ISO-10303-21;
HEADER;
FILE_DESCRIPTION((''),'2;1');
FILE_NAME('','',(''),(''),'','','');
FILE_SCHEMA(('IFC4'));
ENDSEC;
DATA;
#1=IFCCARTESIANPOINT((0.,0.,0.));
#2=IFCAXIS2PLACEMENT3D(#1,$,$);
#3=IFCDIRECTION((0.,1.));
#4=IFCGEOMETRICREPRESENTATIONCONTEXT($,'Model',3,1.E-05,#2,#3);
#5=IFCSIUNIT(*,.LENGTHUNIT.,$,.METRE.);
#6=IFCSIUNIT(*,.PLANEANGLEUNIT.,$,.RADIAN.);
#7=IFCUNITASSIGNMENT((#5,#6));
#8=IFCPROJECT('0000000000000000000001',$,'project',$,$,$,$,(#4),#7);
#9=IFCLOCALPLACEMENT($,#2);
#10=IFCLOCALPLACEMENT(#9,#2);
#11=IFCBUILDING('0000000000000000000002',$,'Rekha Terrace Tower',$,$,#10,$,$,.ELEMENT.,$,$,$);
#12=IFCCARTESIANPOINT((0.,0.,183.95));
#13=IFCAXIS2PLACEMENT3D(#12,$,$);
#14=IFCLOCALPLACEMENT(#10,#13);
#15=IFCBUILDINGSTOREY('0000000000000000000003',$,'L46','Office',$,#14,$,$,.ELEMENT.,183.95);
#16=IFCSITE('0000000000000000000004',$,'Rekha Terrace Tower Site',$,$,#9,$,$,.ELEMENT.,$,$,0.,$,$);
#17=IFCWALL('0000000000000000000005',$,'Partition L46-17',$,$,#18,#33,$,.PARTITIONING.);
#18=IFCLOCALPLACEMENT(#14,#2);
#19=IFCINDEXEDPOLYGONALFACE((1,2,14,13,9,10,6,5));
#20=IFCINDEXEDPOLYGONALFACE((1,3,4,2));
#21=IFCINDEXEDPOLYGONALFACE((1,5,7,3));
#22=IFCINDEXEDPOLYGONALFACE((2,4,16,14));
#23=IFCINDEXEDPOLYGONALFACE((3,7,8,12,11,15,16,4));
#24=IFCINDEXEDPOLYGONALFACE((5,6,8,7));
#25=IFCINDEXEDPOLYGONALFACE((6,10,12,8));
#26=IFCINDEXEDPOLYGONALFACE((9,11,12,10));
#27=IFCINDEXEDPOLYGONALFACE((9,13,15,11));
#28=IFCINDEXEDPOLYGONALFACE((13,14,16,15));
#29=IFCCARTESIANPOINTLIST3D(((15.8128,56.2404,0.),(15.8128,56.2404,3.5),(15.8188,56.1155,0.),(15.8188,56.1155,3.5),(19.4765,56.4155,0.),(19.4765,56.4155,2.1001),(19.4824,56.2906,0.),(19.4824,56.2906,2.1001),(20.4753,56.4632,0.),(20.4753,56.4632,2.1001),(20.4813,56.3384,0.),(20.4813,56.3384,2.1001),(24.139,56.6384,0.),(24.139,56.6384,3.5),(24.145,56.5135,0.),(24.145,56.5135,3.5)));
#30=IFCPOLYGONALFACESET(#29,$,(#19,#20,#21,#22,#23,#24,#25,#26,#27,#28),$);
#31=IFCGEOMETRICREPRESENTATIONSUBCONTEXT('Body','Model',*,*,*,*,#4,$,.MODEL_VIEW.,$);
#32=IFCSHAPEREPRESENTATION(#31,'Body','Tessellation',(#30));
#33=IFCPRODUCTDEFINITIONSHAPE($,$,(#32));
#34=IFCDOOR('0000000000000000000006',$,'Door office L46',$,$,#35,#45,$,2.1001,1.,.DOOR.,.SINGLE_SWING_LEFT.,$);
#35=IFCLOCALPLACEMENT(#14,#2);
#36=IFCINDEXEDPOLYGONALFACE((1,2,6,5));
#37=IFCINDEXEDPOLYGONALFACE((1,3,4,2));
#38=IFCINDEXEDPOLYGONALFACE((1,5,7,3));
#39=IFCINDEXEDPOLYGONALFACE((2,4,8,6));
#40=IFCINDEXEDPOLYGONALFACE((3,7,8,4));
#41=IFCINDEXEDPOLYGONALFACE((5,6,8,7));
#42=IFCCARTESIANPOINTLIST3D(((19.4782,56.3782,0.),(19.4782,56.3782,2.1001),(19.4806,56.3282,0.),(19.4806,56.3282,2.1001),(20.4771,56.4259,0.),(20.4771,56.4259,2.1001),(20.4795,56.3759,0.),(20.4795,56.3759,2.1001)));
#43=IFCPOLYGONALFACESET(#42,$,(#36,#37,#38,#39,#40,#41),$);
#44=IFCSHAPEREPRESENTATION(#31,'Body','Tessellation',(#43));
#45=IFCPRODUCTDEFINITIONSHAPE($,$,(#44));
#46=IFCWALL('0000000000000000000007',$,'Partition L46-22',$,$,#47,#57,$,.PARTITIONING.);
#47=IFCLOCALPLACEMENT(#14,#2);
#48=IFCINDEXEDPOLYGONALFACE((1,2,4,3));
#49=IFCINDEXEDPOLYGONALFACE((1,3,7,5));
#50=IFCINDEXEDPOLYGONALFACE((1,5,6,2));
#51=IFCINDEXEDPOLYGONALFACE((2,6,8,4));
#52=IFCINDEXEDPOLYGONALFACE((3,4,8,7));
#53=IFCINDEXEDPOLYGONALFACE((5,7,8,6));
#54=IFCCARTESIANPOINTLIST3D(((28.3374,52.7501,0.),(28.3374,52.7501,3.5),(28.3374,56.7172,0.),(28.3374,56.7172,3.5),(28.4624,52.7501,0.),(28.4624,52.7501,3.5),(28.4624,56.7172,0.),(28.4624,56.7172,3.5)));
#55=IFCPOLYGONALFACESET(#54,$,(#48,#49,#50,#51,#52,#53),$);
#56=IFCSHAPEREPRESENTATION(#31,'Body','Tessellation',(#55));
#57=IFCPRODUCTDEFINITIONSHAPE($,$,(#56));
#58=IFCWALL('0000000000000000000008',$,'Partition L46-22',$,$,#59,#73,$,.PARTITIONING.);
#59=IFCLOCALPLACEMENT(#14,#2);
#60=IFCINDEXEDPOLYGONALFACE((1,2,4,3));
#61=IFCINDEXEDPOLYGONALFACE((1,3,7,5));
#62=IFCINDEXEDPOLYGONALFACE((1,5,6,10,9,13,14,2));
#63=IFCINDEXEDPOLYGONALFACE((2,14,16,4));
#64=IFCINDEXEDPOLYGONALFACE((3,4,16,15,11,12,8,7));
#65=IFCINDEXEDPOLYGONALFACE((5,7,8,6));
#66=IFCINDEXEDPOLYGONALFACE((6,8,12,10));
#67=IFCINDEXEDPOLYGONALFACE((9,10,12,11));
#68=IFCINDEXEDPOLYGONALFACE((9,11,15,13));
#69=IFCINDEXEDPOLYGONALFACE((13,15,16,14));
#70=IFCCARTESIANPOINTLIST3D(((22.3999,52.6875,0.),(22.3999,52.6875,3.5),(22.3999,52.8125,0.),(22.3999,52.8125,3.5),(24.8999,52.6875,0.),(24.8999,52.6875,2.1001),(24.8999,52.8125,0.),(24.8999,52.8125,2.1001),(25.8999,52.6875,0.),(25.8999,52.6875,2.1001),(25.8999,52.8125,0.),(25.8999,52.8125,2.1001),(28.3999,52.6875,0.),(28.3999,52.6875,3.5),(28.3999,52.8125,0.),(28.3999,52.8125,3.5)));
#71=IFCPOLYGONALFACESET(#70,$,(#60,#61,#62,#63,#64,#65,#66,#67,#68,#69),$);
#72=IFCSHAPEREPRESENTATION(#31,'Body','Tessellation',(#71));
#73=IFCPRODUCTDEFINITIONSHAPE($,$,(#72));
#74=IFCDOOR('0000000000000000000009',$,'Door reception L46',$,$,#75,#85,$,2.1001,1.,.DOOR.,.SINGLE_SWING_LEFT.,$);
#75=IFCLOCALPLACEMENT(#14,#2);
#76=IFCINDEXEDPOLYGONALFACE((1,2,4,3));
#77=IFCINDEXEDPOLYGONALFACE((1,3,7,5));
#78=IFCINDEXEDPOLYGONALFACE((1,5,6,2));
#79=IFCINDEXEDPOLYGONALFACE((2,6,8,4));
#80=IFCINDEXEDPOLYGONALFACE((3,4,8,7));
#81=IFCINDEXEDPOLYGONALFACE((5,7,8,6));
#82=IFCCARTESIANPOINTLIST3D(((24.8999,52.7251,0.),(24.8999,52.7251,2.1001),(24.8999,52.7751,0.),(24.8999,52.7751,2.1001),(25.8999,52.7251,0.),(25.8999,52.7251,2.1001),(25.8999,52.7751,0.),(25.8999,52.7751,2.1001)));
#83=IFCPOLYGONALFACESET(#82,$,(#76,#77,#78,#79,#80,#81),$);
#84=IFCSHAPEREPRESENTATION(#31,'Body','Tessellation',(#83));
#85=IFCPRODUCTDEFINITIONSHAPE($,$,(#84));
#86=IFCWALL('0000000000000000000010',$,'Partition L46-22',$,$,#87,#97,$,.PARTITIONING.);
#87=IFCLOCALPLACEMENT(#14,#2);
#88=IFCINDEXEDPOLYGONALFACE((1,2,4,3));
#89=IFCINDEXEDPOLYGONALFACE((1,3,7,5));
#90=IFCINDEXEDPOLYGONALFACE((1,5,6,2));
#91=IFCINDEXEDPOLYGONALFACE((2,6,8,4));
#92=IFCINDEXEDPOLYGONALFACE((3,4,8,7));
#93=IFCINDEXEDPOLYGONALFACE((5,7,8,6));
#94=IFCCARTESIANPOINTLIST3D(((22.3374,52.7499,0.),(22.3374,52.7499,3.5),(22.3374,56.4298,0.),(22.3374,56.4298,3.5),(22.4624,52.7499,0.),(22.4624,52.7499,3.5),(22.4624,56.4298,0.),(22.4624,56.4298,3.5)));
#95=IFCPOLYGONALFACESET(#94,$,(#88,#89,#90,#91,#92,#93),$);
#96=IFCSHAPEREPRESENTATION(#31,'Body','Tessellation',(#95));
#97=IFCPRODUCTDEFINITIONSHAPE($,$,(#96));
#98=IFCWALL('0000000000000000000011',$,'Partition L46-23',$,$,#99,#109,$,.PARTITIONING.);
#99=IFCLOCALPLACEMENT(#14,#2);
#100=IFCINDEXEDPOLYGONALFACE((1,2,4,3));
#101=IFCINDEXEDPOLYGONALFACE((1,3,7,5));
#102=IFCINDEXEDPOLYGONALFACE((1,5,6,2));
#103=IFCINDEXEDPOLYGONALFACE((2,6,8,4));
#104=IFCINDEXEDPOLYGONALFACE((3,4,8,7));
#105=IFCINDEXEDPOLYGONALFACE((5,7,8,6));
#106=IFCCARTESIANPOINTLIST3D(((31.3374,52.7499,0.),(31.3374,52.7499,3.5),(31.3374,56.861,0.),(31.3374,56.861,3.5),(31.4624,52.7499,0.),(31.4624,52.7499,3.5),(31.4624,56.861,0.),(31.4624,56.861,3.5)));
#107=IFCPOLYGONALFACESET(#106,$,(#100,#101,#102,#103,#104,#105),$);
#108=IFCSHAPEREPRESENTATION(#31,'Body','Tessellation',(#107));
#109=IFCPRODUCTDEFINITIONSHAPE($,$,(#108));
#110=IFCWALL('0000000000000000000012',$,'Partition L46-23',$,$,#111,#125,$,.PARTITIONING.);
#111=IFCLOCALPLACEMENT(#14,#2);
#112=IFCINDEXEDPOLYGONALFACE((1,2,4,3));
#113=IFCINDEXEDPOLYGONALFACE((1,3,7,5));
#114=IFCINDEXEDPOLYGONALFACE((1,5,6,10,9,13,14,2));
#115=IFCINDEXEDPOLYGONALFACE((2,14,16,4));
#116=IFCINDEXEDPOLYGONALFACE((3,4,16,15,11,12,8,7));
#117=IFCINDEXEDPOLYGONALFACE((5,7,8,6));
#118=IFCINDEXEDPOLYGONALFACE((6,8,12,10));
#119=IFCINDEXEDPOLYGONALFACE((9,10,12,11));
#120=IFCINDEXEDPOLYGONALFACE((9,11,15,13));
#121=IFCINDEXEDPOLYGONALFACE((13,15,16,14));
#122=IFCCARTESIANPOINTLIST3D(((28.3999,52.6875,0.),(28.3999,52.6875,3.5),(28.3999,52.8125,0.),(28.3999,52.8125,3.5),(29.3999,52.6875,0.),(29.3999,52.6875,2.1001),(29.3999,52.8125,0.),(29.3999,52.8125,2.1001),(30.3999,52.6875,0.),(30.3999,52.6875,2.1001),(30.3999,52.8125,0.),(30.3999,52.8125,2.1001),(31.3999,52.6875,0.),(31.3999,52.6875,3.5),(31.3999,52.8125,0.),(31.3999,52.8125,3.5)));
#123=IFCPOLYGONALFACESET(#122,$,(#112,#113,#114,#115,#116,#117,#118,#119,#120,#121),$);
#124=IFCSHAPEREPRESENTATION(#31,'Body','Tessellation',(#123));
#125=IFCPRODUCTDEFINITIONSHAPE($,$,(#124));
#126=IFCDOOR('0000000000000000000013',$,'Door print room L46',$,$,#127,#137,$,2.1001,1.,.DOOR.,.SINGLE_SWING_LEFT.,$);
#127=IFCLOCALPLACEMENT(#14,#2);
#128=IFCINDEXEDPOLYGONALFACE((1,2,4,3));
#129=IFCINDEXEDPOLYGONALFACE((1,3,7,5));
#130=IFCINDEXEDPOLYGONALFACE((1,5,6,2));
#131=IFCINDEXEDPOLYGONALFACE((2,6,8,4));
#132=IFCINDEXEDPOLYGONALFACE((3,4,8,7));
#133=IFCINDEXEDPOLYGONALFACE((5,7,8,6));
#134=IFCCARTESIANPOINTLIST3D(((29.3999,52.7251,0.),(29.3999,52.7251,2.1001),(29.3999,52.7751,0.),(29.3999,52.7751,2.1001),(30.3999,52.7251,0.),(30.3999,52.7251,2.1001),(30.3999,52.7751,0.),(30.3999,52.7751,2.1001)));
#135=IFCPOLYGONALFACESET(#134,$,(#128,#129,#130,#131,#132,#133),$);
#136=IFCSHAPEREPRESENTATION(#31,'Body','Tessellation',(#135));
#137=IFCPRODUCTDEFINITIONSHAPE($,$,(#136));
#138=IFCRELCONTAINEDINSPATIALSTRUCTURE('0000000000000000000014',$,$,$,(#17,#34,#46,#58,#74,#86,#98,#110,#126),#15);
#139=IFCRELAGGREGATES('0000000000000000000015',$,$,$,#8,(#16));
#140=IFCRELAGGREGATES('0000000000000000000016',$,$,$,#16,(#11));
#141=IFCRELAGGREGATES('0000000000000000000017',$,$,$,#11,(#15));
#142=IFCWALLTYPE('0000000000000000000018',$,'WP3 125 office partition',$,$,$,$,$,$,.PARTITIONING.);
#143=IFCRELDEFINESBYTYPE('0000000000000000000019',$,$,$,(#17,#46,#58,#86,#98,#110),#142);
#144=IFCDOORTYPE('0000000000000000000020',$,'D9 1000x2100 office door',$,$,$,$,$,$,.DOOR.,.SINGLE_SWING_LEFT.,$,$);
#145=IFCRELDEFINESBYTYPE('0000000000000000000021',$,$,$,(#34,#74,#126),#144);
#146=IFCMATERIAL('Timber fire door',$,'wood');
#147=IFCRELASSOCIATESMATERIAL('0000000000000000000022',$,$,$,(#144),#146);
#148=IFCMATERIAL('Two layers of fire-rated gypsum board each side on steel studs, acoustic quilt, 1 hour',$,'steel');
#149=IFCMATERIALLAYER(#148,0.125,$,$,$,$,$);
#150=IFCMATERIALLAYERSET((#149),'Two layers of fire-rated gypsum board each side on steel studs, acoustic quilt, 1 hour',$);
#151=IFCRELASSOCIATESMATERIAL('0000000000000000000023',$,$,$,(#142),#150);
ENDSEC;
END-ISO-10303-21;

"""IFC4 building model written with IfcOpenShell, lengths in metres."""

from ifc_helpers import new_model, si_unit, direction, frame, frame_2d, origin, place, context, subcontext, project, spatial, rectangle, extrude, material, layer, layer_set, type_object, element, fill, save


model = new_model("IFC4")

# Units and contexts
model_context = context("Model", 3, precision=1e-05, world=origin(), true_north=direction((0.0, 1.0)))
body_context = subcontext(model_context, "Body", "Model", "MODEL_VIEW")
ifc_project = project(units=[si_unit("LENGTHUNIT", "METRE"), si_unit("PLANEANGLEUNIT", "RADIAN")], contexts=[model_context])

# Site, building, storey
site_placement = place(None, origin())
site = spatial("IfcSite", under=ifc_project, at=site_placement, Name="Rekha Terrace Tower Site", CompositionType="ELEMENT", RefElevation=0.0)
building_placement = place(site_placement, origin())
building = spatial("IfcBuilding", under=site, at=building_placement, Name="Rekha Terrace Tower", CompositionType="ELEMENT")
storey_placement = place(building_placement, frame((0.0, 0.0, 183.95)))
storey = spatial("IfcBuildingStorey", under=building, at=storey_placement, Name="L46", Description="Office", CompositionType="ELEMENT", Elevation=183.95)

# Shared definitions
ifc_material_1 = material(Name="Timber fire door", Category="wood")
door_type_1 = type_object("IfcDoorType", Name="D9 1000x2100 office door", OperationType="SINGLE_SWING_LEFT", PredefinedType="DOOR", material=ifc_material_1)
ifc_material_2 = material(Name="Two layers of fire-rated gypsum board each side on steel studs, acoustic quilt, 1 hour", Category="steel")
ifc_layer_1 = layer(ifc_material_2, 0.125)
ifc_layer_set_1 = layer_set([ifc_layer_1], Name="Two layers of fire-rated gypsum board each side on steel studs, acoustic quilt, 1 hour")
wall_type_1 = type_object("IfcWallType", Name="WP3 125 office partition", PredefinedType="PARTITIONING", material=ifc_layer_set_1)

# Wall, opening, door
wall_1_placement = place(storey_placement, frame((24.1421, 56.5759, 0.0), z_axis=(0.0, 0.0, 1.0), x_axis=(-0.99886, -0.04774, 0.0)))
wall_1 = element("IfcWall", 1, at=wall_1_placement, inside=storey, type_object=wall_type_1, Name="Partition L46-17", PredefinedType="PARTITIONING", context=body_context, shape_type="SweptSolid", body=[
    extrude(rectangle(XDim=8.3357, YDim=0.125, at=frame_2d((4.168, 0.0))), origin(), (0.0, 0.0, 1.0), 3.5),
])
opening_1_placement = place(wall_1_placement, frame((3.668, 0.0, 0.0)))
opening_1 = element("IfcOpeningElement", 2, at=opening_1_placement, cuts=wall_1, PredefinedType="OPENING", context=body_context, shape_type="SweptSolid", body=[
    extrude(rectangle(XDim=1.0, YDim=2.1001, at=frame_2d((0.5, 1.05))), frame((0.0, 0.0725, 0.0), z_axis=(0.0, -1.0, 0.0), x_axis=(1.0, 0.0, 0.0)), (0.0, 0.0, 1.0), 0.145),
])
door_1_placement = place(opening_1_placement, origin())
door_1 = element("IfcDoor", 3, at=door_1_placement, inside=storey, type_object=door_type_1, Name="Door office L46", OperationType="SINGLE_SWING_LEFT", OverallHeight=2.1001, OverallWidth=1.0, PredefinedType="DOOR", context=body_context, shape_type="SweptSolid", body=[
    extrude(rectangle(XDim=1.0, YDim=2.1001, at=frame_2d((0.5, 1.05))), frame((0.0, 0.0249, 0.0), z_axis=(0.0, -1.0, 0.0), x_axis=(1.0, 0.0, 0.0)), (0.0, 0.0, 1.0), 0.05),
])
fill(opening_1, door_1)

# Wall
wall_2_placement = place(storey_placement, frame((28.3999, 56.717, 0.0), z_axis=(0.0, 0.0, 1.0), x_axis=(0.0, -1.0, 0.0)))
element("IfcWall", 4, at=wall_2_placement, inside=storey, type_object=wall_type_1, Name="Partition L46-22", PredefinedType="PARTITIONING", context=body_context, shape_type="SweptSolid", body=[
    extrude(rectangle(XDim=3.967, YDim=0.125, at=frame_2d((1.9834, 0.0))), origin(), (0.0, 0.0, 1.0), 3.5),
])

# Wall, opening, door
wall_3_placement = place(storey_placement, frame((28.3999, 52.75, 0.0), z_axis=(0.0, 0.0, 1.0), x_axis=(-1.0, 0.0, 0.0)))
wall_3 = element("IfcWall", 5, at=wall_3_placement, inside=storey, type_object=wall_type_1, Name="Partition L46-22", PredefinedType="PARTITIONING", context=body_context, shape_type="SweptSolid", body=[
    extrude(rectangle(XDim=6.0, YDim=0.125, at=frame_2d((3.0, 0.0))), origin(), (0.0, 0.0, 1.0), 3.5),
])
opening_2_placement = place(wall_3_placement, frame((2.5, 0.0, 0.0)))
opening_2 = element("IfcOpeningElement", 6, at=opening_2_placement, cuts=wall_3, PredefinedType="OPENING", context=body_context, shape_type="SweptSolid", body=[
    extrude(rectangle(XDim=1.0, YDim=2.1001, at=frame_2d((0.5, 1.05))), frame((0.0, 0.0725, 0.0), z_axis=(0.0, -1.0, 0.0), x_axis=(1.0, 0.0, 0.0)), (0.0, 0.0, 1.0), 0.145),
])
door_2_placement = place(opening_2_placement, origin())
door_2 = element("IfcDoor", 7, at=door_2_placement, inside=storey, type_object=door_type_1, Name="Door reception L46", OperationType="SINGLE_SWING_LEFT", OverallHeight=2.1001, OverallWidth=1.0, PredefinedType="DOOR", context=body_context, shape_type="SweptSolid", body=[
    extrude(rectangle(XDim=1.0, YDim=2.1001, at=frame_2d((0.5, 1.05))), frame((0.0, 0.0249, 0.0), z_axis=(0.0, -1.0, 0.0), x_axis=(1.0, 0.0, 0.0)), (0.0, 0.0, 1.0), 0.05),
])
fill(opening_2, door_2)

# Walls
wall_4_placement = place(storey_placement, frame((22.3999, 52.75, 0.0), z_axis=(0.0, 0.0, 1.0), x_axis=(0.0, 1.0, 0.0)))
element("IfcWall", 8, at=wall_4_placement, inside=storey, type_object=wall_type_1, Name="Partition L46-22", PredefinedType="PARTITIONING", context=body_context, shape_type="SweptSolid", body=[
    extrude(rectangle(XDim=3.6799, YDim=0.125, at=frame_2d((1.8398, 0.0))), origin(), (0.0, 0.0, 1.0), 3.5),
])
wall_5_placement = place(storey_placement, frame((31.3999, 56.8611, 0.0), z_axis=(0.0, 0.0, 1.0), x_axis=(0.0, -1.0, 0.0)))
element("IfcWall", 9, at=wall_5_placement, inside=storey, type_object=wall_type_1, Name="Partition L46-23", PredefinedType="PARTITIONING", context=body_context, shape_type="SweptSolid", body=[
    extrude(rectangle(XDim=4.1111, YDim=0.125, at=frame_2d((2.0557, 0.0))), origin(), (0.0, 0.0, 1.0), 3.5),
])

# Wall, opening, door
wall_6_placement = place(storey_placement, frame((31.3999, 52.75, 0.0), z_axis=(0.0, 0.0, 1.0), x_axis=(-1.0, 0.0, 0.0)))
wall_6 = element("IfcWall", 10, at=wall_6_placement, inside=storey, type_object=wall_type_1, Name="Partition L46-23", PredefinedType="PARTITIONING", context=body_context, shape_type="SweptSolid", body=[
    extrude(rectangle(XDim=3.0, YDim=0.125, at=frame_2d((1.5, 0.0))), origin(), (0.0, 0.0, 1.0), 3.5),
])
opening_3_placement = place(wall_6_placement, frame((1.0, 0.0, 0.0)))
opening_3 = element("IfcOpeningElement", 11, at=opening_3_placement, cuts=wall_6, PredefinedType="OPENING", context=body_context, shape_type="SweptSolid", body=[
    extrude(rectangle(XDim=1.0, YDim=2.1001, at=frame_2d((0.5, 1.05))), frame((0.0, 0.0725, 0.0), z_axis=(0.0, -1.0, 0.0), x_axis=(1.0, 0.0, 0.0)), (0.0, 0.0, 1.0), 0.145),
])
door_3_placement = place(opening_3_placement, origin())
door_3 = element("IfcDoor", 12, at=door_3_placement, inside=storey, type_object=door_type_1, Name="Door print room L46", OperationType="SINGLE_SWING_LEFT", OverallHeight=2.1001, OverallWidth=1.0, PredefinedType="DOOR", context=body_context, shape_type="SweptSolid", body=[
    extrude(rectangle(XDim=1.0, YDim=2.1001, at=frame_2d((0.5, 1.05))), frame((0.0, 0.0249, 0.0), z_axis=(0.0, -1.0, 0.0), x_axis=(1.0, 0.0, 0.0)), (0.0, 0.0, 1.0), 0.05),
])
fill(opening_3, door_3)

save(model, "model.ifc")
